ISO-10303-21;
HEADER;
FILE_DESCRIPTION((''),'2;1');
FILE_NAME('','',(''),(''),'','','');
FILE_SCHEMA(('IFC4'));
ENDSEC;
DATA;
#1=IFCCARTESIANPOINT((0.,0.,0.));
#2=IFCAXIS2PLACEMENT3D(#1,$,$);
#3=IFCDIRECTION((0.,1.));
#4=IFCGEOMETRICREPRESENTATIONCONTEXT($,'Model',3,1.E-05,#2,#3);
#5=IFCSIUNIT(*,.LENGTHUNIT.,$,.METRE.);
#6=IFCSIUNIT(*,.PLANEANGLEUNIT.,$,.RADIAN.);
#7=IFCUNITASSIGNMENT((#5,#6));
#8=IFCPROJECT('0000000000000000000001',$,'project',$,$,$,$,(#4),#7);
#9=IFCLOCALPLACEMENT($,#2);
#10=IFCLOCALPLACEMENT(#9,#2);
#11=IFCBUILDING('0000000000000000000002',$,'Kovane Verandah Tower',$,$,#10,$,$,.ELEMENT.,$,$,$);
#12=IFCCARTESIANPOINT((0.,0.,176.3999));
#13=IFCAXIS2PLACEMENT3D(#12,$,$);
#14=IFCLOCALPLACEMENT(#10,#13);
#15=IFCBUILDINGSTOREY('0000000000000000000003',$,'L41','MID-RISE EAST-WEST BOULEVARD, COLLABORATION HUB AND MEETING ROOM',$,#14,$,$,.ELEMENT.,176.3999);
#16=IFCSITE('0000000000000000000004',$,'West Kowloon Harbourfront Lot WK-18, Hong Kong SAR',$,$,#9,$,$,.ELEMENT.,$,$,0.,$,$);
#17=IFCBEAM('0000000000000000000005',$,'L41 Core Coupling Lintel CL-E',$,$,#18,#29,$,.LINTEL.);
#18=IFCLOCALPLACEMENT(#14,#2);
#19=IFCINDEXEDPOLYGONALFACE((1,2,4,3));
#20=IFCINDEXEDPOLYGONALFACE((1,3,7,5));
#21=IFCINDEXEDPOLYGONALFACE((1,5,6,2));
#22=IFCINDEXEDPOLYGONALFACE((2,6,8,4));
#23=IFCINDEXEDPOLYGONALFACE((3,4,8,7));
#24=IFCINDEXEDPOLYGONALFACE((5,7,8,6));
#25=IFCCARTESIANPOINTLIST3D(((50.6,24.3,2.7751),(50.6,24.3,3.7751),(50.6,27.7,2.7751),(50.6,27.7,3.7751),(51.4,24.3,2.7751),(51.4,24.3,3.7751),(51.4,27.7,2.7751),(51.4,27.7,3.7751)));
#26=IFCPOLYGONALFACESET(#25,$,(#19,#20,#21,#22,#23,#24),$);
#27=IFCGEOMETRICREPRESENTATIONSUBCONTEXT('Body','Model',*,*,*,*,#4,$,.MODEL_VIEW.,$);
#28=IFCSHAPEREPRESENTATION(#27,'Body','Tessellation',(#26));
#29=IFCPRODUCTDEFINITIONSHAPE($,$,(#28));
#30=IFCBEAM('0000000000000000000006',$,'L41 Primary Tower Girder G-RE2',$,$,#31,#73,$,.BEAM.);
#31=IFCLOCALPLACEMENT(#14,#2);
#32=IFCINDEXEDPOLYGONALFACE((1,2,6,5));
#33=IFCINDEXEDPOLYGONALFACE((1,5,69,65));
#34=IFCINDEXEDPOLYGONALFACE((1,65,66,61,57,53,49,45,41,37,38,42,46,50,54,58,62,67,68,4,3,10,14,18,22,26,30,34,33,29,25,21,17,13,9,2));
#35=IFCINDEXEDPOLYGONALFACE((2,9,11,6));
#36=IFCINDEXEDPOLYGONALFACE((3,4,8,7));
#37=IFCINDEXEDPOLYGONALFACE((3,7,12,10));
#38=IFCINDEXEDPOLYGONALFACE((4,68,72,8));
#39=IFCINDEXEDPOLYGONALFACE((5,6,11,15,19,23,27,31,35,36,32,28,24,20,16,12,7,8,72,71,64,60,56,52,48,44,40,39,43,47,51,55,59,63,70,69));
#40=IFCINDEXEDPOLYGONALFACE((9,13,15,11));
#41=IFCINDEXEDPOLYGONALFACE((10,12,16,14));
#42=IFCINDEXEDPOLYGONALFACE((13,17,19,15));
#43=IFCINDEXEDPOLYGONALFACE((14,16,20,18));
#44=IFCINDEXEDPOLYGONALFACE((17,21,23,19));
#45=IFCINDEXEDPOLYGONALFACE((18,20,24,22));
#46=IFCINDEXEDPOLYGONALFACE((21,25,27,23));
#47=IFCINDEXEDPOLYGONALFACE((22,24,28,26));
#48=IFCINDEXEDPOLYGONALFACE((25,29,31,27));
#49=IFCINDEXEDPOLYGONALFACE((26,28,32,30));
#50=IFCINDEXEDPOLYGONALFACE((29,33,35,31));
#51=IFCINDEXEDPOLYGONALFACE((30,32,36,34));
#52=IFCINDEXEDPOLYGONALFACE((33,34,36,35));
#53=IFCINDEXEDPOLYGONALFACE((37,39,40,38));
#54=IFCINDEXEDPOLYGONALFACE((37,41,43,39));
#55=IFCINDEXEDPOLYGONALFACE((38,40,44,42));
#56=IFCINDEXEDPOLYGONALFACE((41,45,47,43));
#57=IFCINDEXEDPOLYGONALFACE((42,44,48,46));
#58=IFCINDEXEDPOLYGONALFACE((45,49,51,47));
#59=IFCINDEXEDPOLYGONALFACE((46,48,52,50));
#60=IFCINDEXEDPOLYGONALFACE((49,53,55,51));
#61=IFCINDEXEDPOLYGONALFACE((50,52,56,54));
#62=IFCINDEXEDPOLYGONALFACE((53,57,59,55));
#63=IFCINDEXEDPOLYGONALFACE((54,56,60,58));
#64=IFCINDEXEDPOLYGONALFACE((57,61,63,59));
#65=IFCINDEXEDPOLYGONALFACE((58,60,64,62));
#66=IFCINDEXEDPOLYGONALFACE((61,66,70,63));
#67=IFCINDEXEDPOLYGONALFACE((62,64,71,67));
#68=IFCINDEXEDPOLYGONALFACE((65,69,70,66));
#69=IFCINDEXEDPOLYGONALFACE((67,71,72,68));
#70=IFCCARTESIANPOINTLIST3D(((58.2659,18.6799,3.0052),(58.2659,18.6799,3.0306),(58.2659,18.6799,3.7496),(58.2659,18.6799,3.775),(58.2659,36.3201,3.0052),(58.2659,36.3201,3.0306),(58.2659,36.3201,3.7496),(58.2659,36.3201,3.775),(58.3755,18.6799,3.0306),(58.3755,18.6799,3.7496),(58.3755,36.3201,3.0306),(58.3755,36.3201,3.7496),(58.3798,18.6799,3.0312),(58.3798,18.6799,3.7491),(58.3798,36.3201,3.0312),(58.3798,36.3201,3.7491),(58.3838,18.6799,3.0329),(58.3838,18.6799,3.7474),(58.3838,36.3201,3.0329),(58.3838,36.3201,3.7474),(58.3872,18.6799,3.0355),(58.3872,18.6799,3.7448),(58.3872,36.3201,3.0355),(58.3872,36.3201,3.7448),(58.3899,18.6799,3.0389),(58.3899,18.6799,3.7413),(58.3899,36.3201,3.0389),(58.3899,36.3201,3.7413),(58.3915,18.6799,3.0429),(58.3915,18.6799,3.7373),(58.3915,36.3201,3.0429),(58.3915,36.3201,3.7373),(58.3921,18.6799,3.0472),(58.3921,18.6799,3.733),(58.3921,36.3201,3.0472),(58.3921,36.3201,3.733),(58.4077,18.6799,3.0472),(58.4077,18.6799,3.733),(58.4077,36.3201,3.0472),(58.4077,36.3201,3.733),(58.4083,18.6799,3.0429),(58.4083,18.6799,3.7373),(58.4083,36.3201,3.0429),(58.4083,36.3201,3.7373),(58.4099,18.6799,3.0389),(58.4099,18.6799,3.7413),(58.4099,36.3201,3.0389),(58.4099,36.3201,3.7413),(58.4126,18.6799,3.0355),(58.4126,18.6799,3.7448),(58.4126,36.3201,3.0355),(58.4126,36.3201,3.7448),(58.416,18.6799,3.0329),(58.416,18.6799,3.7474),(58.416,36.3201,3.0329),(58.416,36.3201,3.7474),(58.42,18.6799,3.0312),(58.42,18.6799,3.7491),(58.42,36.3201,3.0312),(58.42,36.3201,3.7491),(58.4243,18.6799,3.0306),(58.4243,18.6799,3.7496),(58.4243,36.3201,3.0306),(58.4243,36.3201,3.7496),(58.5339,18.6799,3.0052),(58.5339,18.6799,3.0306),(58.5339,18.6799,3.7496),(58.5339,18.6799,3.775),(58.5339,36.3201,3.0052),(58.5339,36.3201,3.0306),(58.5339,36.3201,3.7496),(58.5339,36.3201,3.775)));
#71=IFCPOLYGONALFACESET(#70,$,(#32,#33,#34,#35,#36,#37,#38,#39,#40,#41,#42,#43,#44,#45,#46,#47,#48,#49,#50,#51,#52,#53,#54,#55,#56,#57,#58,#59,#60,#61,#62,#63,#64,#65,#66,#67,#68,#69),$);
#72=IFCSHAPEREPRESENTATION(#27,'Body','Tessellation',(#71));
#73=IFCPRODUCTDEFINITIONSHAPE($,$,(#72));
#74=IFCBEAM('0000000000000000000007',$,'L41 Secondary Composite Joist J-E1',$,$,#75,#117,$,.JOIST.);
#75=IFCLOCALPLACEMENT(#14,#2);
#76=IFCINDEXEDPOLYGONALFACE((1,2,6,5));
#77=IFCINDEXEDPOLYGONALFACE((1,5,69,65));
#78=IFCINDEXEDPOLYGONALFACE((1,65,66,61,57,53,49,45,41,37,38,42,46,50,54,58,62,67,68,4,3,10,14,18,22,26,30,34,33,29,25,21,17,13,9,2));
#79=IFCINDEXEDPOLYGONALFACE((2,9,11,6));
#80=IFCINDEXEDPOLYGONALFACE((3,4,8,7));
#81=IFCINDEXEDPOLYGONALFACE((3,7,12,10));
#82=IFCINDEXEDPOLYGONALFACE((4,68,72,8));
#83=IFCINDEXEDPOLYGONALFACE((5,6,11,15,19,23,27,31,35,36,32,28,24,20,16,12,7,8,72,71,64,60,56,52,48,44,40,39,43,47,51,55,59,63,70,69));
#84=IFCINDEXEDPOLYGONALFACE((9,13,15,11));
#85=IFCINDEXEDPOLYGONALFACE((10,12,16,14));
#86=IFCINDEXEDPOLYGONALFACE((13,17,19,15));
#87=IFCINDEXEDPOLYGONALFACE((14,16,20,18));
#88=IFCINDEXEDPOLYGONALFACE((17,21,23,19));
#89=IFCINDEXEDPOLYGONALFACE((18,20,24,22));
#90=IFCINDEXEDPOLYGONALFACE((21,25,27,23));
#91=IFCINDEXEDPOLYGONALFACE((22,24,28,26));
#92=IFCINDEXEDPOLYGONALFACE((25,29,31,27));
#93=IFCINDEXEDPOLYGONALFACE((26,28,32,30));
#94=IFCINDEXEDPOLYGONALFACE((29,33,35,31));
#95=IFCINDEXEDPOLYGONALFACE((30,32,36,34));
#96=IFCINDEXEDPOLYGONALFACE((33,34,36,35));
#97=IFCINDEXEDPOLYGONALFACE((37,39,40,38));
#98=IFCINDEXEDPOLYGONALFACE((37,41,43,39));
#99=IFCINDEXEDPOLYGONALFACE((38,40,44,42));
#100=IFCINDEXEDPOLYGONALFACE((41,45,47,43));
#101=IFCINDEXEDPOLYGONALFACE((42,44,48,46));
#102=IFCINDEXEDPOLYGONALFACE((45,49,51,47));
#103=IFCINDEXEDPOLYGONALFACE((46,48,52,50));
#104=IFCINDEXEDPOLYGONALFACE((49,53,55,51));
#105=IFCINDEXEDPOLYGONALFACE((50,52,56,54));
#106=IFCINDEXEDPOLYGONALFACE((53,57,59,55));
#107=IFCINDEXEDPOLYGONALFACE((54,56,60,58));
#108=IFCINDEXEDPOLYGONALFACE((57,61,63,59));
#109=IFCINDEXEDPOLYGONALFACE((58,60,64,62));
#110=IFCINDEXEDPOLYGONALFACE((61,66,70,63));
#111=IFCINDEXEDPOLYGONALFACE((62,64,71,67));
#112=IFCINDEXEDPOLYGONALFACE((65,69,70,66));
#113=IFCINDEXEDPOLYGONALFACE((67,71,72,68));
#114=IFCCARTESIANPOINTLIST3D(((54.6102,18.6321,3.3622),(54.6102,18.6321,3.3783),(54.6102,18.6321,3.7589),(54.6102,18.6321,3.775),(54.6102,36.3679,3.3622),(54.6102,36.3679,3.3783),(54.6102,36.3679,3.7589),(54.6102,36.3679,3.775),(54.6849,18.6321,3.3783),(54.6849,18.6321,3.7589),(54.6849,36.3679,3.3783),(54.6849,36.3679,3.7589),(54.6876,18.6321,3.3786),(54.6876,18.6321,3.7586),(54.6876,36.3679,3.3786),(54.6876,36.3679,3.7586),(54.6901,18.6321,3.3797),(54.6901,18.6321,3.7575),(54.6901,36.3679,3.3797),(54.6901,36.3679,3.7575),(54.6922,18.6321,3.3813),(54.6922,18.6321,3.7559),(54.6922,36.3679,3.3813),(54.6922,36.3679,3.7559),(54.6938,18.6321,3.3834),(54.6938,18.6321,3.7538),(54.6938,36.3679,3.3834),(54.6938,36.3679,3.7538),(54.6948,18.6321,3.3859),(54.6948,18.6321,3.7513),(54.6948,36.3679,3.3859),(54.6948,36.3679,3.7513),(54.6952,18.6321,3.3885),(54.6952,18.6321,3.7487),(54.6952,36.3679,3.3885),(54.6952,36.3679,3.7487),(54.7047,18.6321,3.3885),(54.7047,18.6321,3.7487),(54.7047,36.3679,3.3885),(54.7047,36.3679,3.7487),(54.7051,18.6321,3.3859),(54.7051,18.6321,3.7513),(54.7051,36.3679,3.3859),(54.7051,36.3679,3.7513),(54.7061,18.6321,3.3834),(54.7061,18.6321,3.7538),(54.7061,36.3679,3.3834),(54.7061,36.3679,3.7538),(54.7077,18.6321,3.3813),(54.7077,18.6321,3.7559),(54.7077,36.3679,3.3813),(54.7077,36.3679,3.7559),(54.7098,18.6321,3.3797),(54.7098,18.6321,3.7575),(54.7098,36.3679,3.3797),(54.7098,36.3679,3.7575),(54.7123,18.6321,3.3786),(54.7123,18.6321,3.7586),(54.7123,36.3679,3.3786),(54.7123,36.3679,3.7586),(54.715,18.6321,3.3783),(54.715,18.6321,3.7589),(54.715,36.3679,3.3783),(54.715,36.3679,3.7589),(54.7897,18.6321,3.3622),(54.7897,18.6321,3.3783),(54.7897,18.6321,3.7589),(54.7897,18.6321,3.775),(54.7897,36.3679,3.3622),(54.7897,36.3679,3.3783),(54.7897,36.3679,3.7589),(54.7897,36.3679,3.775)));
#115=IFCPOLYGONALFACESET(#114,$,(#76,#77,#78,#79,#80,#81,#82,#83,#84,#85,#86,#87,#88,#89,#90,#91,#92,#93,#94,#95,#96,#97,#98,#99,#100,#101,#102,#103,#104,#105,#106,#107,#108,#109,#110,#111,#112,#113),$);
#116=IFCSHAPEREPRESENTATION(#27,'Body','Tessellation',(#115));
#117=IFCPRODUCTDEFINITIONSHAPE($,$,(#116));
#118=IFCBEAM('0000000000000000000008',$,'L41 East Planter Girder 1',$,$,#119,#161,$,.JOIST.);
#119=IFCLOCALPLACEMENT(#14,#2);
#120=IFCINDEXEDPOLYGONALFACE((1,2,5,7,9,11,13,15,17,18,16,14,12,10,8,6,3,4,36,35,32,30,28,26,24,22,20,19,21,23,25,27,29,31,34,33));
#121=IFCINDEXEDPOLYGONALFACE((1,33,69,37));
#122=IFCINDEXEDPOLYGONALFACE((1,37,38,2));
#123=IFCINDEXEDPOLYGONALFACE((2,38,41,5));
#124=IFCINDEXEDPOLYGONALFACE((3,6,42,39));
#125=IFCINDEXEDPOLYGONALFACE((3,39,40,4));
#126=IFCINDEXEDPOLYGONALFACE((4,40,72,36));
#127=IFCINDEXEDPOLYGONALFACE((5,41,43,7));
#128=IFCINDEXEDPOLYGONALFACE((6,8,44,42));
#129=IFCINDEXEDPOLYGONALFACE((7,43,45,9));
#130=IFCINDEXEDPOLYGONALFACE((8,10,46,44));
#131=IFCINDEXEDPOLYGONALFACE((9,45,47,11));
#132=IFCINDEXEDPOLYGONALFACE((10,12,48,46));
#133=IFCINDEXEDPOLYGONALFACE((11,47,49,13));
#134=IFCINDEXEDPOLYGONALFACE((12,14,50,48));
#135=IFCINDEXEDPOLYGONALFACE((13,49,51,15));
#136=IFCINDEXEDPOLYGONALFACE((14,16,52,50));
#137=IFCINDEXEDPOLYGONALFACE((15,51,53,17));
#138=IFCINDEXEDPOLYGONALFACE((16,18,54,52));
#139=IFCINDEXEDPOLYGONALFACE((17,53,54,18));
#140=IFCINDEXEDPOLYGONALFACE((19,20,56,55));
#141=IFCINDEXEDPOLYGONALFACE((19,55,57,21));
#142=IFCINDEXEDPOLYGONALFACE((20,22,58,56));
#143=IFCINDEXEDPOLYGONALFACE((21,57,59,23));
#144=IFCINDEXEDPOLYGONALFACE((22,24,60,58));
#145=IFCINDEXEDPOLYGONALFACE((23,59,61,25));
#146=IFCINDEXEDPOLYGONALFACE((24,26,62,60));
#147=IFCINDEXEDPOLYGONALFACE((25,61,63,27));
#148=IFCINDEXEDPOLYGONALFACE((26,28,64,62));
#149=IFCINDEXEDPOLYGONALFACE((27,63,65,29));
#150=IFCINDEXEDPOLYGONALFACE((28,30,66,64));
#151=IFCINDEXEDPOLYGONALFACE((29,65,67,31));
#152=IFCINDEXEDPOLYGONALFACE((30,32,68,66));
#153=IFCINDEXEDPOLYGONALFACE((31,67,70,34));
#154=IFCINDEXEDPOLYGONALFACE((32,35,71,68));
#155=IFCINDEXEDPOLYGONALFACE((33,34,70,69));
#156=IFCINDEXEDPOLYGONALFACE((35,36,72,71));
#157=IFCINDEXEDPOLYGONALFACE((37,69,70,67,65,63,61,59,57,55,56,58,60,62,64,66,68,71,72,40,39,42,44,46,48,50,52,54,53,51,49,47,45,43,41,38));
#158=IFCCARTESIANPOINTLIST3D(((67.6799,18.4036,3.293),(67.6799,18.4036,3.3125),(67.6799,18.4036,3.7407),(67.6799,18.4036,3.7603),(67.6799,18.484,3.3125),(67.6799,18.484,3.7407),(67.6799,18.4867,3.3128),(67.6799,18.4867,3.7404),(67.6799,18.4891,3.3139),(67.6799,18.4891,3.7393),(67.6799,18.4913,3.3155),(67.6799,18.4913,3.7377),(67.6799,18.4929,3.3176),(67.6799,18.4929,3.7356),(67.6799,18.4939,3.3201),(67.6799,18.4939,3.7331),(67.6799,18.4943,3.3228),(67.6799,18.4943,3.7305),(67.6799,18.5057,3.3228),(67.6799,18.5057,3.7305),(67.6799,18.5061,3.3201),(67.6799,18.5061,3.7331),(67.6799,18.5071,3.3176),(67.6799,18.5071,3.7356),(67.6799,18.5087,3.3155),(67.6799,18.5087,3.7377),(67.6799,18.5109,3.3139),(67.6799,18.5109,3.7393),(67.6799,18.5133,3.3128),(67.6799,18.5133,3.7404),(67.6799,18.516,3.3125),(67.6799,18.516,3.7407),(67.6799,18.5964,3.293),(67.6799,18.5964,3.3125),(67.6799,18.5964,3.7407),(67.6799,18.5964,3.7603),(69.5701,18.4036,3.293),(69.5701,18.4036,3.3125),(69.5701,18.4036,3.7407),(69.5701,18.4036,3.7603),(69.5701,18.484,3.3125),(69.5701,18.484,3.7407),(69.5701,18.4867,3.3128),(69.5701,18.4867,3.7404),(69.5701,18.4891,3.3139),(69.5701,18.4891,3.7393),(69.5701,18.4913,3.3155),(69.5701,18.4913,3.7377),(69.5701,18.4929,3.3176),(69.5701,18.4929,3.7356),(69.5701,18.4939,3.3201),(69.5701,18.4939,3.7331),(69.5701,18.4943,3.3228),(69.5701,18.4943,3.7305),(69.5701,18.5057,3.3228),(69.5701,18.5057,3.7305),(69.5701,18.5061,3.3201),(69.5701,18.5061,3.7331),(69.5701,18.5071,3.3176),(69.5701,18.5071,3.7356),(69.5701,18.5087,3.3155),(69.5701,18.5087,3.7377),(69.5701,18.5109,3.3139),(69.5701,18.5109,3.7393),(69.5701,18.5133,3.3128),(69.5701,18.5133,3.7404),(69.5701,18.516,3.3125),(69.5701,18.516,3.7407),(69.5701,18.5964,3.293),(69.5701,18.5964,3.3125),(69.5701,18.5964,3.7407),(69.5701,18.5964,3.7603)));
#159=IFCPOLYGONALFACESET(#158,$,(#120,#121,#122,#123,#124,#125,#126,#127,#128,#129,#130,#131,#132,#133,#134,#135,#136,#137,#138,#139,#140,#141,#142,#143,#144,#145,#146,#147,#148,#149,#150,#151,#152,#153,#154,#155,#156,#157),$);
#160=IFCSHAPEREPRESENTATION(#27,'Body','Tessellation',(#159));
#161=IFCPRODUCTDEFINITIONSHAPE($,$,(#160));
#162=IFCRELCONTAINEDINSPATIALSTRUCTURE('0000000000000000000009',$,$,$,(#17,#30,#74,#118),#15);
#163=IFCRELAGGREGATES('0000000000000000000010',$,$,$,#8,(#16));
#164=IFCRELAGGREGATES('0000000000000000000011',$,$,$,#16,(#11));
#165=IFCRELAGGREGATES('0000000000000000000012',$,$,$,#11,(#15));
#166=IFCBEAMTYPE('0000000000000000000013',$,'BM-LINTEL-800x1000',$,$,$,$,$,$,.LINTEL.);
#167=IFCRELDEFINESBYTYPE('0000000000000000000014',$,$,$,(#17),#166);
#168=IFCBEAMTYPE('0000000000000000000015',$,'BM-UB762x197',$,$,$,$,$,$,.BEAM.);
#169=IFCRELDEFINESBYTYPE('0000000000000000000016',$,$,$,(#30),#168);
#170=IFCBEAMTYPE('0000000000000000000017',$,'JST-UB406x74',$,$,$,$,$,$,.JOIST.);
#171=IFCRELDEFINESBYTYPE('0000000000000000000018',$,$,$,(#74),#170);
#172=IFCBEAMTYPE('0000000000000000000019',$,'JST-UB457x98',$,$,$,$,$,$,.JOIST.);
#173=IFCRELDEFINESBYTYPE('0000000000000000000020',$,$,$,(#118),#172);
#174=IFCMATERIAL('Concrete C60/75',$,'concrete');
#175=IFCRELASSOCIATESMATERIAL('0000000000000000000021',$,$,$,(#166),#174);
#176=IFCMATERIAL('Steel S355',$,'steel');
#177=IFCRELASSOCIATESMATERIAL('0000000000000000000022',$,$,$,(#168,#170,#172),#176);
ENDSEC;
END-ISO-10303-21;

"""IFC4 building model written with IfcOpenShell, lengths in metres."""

from ifc_helpers import new_model, si_unit, direction, frame, origin, origin_2d, place, context, subcontext, project, spatial, rectangle, i_section, extrude, material, material_profile, profile_set, type_object, element, save


model = new_model("IFC4")

# Units and contexts
model_context = context("Model", 3, precision=1e-05, world=origin(), true_north=direction((0.0, 1.0)))
body_context = subcontext(model_context, "Body", "Model", "MODEL_VIEW")
ifc_project = project(units=[si_unit("LENGTHUNIT", "METRE"), si_unit("PLANEANGLEUNIT", "RADIAN")], contexts=[model_context])

# Site, building, storey
site_placement = place(None, origin())
site = spatial("IfcSite", under=ifc_project, at=site_placement, Name="West Kowloon Harbourfront Lot WK-18, Hong Kong SAR", CompositionType="ELEMENT", RefElevation=0.0)
building_placement = place(site_placement, origin())
building = spatial("IfcBuilding", under=site, at=building_placement, Name="Kovane Verandah Tower", CompositionType="ELEMENT")
storey_placement = place(building_placement, frame((0.0, 0.0, 176.3999)))
storey = spatial("IfcBuildingStorey", under=building, at=storey_placement, Name="L41", Description="MID-RISE EAST-WEST BOULEVARD, COLLABORATION HUB AND MEETING ROOM", CompositionType="ELEMENT", Elevation=176.3999)

# Beams
ifc_material_1 = material(Name="Concrete C60/75", Category="concrete")
ifc_material_profile_1 = material_profile(ifc_material_1, rectangle(XDim=0.8, YDim=1.0, at=origin_2d()), Name="RCB800x1000")
ifc_profile_set_1 = profile_set([ifc_material_profile_1], Name="Concrete C60/75")
beam_type_1 = type_object("IfcBeamType", Name="BM-LINTEL-800x1000", PredefinedType="LINTEL", material=ifc_profile_set_1)
beam_1_placement = place(storey_placement, frame((51.0, 24.3, 3.2751), z_axis=(0.0, 1.0, 0.0), x_axis=(-1.0, 0.0, 0.0)))
element("IfcBeam", 1, at=beam_1_placement, inside=storey, type_object=beam_type_1, Name="L41 Core Coupling Lintel CL-E", PredefinedType="LINTEL", context=body_context, shape_type="SweptSolid", body=[
    extrude(rectangle(XDim=0.8, YDim=1.0, at=origin_2d()), origin(), (0.0, 0.0, 1.0), 3.3999),
])
ifc_material_2 = material(Name="Steel S355", Category="steel")
ifc_material_profile_2 = material_profile(ifc_material_2, i_section(OverallWidth=0.2681, OverallDepth=0.7698, WebThickness=0.0156, FlangeThickness=0.0254, FilletRadius=0.0166, at=origin_2d()), Name="UB762x267x197")
ifc_profile_set_2 = profile_set([ifc_material_profile_2], Name="Steel S355")
beam_type_2 = type_object("IfcBeamType", Name="BM-UB762x197", PredefinedType="BEAM", material=ifc_profile_set_2)
beam_2_placement = place(storey_placement, frame((58.3999, 18.6799, 3.3901), z_axis=(0.0, 1.0, 0.0), x_axis=(-1.0, 0.0, 0.0)))
element("IfcBeam", 2, at=beam_2_placement, inside=storey, type_object=beam_type_2, Name="L41 Primary Tower Girder G-RE2", PredefinedType="BEAM", context=body_context, shape_type="SweptSolid", body=[
    extrude(i_section(OverallWidth=0.2681, OverallDepth=0.7698, WebThickness=0.0156, FlangeThickness=0.0254, FilletRadius=0.0166, at=origin_2d()), origin(), (0.0, 0.0, 1.0), 17.6401),
])
ifc_material_profile_3 = material_profile(ifc_material_2, i_section(OverallWidth=0.1794, OverallDepth=0.4128, WebThickness=0.0095, FlangeThickness=0.0161, FilletRadius=0.0103, at=origin_2d()), Name="UB406x178x74")
ifc_profile_set_3 = profile_set([ifc_material_profile_3], Name="Steel S355")
beam_type_3 = type_object("IfcBeamType", Name="JST-UB406x74", PredefinedType="JOIST", material=ifc_profile_set_3)
beam_3_placement = place(storey_placement, frame((54.7, 18.6321, 3.5686), z_axis=(0.0, 1.0, 0.0), x_axis=(-1.0, 0.0, 0.0)))
element("IfcBeam", 3, at=beam_3_placement, inside=storey, type_object=beam_type_3, Name="L41 Secondary Composite Joist J-E1", PredefinedType="JOIST", context=body_context, shape_type="SweptSolid", body=[
    extrude(i_section(OverallWidth=0.1794, OverallDepth=0.4128, WebThickness=0.0095, FlangeThickness=0.0161, FilletRadius=0.0103, at=origin_2d()), origin(), (0.0, 0.0, 1.0), 17.7358),
])
ifc_material_profile_4 = material_profile(ifc_material_2, i_section(OverallWidth=0.1929, OverallDepth=0.4673, WebThickness=0.0115, FlangeThickness=0.0195, FilletRadius=0.0103, at=origin_2d()), Name="UB457x191x98")
ifc_profile_set_4 = profile_set([ifc_material_profile_4], Name="Steel S355")
beam_type_4 = type_object("IfcBeamType", Name="JST-UB457x98", PredefinedType="JOIST", material=ifc_profile_set_4)
beam_4_placement = place(storey_placement, frame((67.6799, 18.5, 3.5266), z_axis=(1.0, 0.0, 0.0), x_axis=(0.0, 1.0, 0.0)))
element("IfcBeam", 4, at=beam_4_placement, inside=storey, type_object=beam_type_4, Name="L41 East Planter Girder 1", PredefinedType="JOIST", context=body_context, shape_type="SweptSolid", body=[
    extrude(i_section(OverallWidth=0.1929, OverallDepth=0.4673, WebThickness=0.0115, FlangeThickness=0.0195, FilletRadius=0.0103, at=origin_2d()), origin(), (0.0, 0.0, 1.0), 1.8901),
])

save(model, "model.ifc")
